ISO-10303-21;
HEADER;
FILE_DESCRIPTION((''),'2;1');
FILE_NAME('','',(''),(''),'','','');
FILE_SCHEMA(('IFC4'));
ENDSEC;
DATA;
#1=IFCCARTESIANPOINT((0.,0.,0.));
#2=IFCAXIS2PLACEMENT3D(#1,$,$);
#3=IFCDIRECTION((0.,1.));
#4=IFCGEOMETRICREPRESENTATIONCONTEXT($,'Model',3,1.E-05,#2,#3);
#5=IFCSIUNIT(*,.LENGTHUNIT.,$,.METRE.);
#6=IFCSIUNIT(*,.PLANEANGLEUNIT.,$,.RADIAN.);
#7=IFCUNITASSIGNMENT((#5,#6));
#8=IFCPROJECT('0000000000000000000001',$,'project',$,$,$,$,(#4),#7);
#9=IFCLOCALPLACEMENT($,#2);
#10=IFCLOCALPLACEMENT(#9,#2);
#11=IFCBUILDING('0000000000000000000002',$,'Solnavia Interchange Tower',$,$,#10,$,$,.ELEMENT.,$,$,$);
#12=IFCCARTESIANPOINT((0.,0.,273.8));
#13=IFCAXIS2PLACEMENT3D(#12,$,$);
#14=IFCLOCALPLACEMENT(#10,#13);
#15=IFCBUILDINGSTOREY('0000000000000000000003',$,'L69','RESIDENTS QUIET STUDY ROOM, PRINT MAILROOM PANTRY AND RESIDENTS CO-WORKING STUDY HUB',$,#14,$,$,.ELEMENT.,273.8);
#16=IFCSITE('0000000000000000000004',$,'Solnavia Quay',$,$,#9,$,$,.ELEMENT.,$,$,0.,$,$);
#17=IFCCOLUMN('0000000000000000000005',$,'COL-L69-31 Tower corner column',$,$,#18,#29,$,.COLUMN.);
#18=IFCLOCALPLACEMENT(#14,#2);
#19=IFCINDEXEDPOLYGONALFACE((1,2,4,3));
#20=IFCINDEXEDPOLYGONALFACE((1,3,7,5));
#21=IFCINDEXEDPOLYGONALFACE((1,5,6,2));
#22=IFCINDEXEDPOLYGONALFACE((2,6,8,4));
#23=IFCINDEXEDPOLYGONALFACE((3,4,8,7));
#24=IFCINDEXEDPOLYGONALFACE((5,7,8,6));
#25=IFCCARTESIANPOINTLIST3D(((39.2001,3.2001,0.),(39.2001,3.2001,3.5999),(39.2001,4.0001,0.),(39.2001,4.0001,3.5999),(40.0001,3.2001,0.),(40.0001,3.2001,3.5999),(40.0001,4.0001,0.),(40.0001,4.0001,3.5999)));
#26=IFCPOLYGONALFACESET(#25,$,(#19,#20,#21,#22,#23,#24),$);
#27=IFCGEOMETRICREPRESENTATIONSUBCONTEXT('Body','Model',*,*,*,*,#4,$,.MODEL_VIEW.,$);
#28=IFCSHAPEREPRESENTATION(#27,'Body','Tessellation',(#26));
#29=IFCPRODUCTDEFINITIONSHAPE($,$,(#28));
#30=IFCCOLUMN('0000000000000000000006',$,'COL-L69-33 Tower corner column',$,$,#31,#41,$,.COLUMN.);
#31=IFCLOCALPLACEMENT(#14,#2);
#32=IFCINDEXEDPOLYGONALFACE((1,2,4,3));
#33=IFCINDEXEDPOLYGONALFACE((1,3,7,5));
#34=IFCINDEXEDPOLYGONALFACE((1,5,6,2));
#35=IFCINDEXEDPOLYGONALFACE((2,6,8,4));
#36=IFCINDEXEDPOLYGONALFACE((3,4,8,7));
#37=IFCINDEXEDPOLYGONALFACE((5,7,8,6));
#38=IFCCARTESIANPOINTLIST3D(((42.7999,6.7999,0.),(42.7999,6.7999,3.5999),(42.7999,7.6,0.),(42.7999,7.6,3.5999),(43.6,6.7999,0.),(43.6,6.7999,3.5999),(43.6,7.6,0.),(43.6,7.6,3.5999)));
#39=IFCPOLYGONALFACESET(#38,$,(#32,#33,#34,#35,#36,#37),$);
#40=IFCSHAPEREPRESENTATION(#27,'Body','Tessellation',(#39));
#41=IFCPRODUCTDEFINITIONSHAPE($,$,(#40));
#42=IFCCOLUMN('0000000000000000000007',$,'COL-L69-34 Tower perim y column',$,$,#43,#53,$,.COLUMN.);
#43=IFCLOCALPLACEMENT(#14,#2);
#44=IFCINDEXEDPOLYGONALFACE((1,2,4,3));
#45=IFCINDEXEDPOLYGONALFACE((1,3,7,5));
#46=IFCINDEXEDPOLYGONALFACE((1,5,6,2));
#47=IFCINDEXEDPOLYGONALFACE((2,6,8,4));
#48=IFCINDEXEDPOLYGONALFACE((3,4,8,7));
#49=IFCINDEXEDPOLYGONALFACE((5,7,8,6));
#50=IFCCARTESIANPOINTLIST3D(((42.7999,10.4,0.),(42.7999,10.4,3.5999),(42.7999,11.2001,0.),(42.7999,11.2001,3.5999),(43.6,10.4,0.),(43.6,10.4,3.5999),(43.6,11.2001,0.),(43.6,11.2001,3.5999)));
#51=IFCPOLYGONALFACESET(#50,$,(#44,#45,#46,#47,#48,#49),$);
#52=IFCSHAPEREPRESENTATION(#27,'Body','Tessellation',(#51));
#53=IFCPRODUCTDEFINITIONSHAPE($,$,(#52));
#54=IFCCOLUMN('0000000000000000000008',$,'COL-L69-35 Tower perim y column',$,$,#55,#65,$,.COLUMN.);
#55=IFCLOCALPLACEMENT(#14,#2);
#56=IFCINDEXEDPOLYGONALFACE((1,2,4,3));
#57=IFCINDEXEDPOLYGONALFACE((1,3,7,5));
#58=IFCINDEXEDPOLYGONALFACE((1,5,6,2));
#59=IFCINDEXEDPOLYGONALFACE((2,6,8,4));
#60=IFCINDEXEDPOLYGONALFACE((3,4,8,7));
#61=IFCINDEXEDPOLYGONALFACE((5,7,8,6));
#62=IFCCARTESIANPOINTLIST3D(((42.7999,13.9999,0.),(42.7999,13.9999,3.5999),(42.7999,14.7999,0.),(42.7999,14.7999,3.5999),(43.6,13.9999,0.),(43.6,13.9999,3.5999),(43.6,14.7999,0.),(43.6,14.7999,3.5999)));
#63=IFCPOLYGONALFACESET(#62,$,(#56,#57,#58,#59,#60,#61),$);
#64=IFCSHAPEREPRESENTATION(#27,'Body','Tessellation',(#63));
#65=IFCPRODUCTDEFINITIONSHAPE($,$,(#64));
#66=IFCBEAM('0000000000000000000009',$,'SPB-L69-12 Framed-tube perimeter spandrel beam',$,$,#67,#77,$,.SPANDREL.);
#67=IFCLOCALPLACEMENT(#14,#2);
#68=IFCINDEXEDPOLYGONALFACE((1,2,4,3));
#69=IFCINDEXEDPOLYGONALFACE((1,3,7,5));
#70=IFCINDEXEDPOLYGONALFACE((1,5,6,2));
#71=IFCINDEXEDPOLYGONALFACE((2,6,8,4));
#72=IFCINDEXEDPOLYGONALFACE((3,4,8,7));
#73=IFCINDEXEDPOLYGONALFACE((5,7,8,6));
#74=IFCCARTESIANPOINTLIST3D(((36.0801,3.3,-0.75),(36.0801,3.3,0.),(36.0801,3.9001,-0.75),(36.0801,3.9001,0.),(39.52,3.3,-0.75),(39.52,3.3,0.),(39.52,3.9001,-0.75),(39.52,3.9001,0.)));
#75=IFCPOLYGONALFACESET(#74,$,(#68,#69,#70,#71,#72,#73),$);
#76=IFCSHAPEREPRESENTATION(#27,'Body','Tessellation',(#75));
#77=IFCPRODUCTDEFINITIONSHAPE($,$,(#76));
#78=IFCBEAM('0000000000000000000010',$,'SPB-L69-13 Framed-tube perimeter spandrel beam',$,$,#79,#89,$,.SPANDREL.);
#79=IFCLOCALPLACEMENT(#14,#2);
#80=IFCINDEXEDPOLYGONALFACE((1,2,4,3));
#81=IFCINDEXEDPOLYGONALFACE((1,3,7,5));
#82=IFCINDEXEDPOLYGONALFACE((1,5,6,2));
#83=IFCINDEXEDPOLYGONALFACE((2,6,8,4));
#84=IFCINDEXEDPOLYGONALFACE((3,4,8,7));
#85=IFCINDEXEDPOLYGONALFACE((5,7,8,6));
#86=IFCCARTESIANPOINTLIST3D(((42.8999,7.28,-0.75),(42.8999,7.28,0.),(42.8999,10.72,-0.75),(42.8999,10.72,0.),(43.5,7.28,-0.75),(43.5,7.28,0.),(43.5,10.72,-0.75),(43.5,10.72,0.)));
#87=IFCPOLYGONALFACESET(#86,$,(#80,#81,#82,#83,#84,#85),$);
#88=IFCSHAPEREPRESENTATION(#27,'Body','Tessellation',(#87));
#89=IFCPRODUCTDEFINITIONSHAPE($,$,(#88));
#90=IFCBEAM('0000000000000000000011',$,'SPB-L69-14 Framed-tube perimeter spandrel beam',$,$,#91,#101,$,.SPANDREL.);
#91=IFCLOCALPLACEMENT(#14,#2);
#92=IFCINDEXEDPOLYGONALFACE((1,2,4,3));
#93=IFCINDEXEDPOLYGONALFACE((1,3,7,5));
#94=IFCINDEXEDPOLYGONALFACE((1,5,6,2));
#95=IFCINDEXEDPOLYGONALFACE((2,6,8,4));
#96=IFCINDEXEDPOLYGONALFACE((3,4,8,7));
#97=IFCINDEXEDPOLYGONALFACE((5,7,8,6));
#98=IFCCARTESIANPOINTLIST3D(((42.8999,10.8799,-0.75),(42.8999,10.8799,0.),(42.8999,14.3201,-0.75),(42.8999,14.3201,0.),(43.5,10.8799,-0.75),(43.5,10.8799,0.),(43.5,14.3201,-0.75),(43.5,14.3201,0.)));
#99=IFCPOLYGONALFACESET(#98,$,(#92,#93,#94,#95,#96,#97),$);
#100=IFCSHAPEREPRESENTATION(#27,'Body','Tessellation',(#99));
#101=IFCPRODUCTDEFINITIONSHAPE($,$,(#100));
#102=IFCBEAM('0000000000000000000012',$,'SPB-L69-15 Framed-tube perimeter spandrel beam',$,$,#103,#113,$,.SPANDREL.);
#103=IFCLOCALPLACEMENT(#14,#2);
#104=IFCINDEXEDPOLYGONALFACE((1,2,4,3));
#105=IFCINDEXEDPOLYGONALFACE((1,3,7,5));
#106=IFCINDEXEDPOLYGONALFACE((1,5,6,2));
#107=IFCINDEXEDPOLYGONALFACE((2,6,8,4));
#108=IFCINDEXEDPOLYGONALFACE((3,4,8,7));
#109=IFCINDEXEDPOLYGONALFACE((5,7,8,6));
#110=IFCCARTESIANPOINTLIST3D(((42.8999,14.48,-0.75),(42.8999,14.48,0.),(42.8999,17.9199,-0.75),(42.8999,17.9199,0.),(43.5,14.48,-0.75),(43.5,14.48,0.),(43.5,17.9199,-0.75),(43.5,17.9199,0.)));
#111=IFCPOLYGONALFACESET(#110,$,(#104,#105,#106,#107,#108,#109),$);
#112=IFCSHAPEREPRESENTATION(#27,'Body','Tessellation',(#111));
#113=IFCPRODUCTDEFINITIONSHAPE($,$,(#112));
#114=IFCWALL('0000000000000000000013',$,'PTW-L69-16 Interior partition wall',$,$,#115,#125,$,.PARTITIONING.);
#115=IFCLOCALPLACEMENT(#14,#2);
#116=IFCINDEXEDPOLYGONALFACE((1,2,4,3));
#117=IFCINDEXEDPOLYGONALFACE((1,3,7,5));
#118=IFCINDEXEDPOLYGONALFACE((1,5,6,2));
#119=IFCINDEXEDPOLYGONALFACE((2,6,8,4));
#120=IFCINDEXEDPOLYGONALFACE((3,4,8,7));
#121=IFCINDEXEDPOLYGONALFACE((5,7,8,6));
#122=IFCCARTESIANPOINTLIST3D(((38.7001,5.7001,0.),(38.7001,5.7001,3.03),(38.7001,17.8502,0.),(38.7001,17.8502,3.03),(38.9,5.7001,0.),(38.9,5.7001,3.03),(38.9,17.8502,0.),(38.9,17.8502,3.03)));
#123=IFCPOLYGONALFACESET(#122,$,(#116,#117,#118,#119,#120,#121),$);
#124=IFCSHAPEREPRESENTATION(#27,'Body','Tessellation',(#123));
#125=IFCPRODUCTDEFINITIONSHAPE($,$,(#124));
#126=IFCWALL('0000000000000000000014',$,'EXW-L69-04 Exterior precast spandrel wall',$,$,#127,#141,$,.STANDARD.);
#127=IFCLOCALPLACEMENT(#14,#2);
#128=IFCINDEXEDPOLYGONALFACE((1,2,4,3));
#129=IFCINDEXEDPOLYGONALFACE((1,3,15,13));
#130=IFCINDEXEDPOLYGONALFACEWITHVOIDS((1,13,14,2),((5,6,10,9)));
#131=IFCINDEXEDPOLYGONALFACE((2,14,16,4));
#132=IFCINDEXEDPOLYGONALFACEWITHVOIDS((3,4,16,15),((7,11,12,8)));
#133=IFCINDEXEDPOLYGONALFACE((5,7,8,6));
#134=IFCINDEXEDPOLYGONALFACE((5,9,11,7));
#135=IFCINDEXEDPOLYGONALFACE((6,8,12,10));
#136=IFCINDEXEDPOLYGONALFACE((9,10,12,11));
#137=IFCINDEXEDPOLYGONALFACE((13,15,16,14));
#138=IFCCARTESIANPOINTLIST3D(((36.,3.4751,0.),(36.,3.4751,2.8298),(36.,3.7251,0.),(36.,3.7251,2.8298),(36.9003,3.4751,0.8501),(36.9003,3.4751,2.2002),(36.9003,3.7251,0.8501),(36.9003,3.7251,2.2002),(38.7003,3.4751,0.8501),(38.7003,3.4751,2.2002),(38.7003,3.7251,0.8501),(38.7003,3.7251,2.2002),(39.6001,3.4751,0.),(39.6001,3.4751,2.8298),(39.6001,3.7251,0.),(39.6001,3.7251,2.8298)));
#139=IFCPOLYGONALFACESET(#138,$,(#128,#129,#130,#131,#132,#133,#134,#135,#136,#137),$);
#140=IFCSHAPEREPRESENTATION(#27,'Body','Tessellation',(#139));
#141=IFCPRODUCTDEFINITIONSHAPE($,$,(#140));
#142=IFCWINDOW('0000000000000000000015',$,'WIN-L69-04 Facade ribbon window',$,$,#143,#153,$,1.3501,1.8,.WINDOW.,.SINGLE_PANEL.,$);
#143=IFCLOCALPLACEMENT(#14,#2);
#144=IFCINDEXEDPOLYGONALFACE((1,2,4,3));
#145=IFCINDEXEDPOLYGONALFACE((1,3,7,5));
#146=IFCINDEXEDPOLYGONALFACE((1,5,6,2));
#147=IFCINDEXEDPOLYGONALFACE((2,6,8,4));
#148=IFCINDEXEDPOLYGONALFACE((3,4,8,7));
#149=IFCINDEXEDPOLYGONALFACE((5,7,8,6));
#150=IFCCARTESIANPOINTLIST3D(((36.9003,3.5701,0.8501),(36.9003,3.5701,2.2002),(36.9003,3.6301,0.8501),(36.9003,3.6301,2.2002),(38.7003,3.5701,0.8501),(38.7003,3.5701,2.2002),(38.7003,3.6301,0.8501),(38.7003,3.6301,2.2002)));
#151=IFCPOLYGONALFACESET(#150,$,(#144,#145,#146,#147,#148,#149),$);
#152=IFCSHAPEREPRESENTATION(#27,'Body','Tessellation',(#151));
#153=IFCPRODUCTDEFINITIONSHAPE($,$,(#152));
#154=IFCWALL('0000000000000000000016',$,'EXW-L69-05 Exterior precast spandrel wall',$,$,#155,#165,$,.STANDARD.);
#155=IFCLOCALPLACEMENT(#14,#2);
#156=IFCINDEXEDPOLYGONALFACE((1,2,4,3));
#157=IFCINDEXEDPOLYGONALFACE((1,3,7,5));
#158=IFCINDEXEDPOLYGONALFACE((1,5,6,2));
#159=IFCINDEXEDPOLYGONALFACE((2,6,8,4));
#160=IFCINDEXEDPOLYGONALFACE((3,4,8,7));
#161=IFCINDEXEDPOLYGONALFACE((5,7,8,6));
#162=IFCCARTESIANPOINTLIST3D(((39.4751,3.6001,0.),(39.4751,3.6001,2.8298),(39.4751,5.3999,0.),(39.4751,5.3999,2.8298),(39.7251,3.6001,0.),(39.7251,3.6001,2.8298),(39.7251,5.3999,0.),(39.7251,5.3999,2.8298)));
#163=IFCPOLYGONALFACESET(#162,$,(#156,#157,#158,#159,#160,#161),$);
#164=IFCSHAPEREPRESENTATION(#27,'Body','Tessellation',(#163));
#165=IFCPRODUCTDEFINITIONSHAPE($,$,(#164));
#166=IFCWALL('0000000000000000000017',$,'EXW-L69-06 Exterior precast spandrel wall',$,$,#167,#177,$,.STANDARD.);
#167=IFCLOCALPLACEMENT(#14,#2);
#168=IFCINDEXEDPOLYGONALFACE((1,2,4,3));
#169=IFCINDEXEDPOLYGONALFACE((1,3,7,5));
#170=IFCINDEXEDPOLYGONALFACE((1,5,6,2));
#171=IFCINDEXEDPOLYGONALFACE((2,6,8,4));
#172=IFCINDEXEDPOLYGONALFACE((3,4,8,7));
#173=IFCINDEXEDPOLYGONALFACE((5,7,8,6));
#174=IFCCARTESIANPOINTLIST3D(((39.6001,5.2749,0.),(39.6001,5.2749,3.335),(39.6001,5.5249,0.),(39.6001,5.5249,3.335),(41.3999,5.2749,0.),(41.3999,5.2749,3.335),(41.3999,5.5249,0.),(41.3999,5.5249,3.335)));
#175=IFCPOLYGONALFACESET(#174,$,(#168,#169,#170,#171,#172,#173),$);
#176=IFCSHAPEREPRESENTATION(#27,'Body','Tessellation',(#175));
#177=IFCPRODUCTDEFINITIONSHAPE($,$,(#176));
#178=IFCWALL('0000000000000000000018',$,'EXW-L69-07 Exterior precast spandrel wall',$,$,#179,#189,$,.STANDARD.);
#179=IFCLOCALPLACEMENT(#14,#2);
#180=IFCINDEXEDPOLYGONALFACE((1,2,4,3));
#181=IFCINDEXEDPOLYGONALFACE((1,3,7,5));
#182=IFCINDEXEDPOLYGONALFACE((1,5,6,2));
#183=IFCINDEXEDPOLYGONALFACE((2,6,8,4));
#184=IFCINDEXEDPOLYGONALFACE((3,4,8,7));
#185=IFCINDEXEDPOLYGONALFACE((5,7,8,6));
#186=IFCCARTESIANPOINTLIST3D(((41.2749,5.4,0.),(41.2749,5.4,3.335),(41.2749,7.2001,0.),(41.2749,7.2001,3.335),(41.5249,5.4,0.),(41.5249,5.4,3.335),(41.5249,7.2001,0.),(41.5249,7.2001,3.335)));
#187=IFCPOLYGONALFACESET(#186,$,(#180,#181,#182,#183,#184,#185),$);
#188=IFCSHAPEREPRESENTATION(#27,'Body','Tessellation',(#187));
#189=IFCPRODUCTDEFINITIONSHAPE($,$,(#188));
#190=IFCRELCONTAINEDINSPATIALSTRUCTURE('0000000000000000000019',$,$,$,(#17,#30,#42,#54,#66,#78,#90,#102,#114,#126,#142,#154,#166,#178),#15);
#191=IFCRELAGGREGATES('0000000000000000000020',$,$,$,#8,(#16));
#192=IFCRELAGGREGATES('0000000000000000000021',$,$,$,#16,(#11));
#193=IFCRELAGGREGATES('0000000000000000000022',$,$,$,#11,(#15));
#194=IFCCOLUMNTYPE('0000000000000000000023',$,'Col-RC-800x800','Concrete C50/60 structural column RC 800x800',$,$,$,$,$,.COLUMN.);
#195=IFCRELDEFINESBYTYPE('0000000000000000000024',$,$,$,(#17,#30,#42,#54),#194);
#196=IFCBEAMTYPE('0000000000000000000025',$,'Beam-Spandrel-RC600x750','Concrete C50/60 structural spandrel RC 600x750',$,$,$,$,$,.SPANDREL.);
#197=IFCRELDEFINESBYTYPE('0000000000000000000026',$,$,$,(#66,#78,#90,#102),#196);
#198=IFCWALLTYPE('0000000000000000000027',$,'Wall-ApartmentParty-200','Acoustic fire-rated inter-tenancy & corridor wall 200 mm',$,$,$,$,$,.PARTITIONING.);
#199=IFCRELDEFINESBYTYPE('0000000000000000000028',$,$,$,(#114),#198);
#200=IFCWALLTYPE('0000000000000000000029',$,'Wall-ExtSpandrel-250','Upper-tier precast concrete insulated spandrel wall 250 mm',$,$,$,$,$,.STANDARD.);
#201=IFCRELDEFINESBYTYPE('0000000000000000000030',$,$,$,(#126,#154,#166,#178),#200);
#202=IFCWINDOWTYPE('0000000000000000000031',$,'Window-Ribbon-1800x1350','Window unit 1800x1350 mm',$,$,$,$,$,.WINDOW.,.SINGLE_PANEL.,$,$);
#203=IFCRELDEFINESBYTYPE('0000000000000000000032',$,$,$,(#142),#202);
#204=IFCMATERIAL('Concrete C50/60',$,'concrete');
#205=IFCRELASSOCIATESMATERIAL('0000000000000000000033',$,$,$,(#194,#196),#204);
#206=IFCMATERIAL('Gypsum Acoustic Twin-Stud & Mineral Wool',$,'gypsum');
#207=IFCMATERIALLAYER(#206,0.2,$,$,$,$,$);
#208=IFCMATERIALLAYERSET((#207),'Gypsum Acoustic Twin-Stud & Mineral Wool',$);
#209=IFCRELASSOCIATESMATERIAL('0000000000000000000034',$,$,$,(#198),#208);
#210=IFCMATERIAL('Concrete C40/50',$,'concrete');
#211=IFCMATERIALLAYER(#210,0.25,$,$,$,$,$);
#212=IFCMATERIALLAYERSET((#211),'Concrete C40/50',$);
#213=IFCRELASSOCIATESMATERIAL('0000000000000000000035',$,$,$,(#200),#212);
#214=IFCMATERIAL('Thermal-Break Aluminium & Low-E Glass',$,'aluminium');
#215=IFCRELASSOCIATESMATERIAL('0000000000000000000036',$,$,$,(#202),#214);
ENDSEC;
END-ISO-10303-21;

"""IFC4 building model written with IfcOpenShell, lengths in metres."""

from ifc_helpers import new_model, si_unit, direction, frame, frame_2d, origin, origin_2d, place, context, subcontext, project, spatial, rectangle, extrude, material, layer, layer_set, material_profile, profile_set, type_object, element, fill, save


model = new_model("IFC4")

# Units and contexts
model_context = context("Model", 3, precision=1e-05, world=origin(), true_north=direction((0.0, 1.0)))
body_context = subcontext(model_context, "Body", "Model", "MODEL_VIEW")
ifc_project = project(units=[si_unit("LENGTHUNIT", "METRE"), si_unit("PLANEANGLEUNIT", "RADIAN")], contexts=[model_context])

# Site, building, storey
site_placement = place(None, origin())
site = spatial("IfcSite", under=ifc_project, at=site_placement, Name="Solnavia Quay", CompositionType="ELEMENT", RefElevation=0.0)
building_placement = place(site_placement, origin())
building = spatial("IfcBuilding", under=site, at=building_placement, Name="Solnavia Interchange Tower", CompositionType="ELEMENT")
storey_placement = place(building_placement, frame((0.0, 0.0, 273.8)))
storey = spatial("IfcBuildingStorey", under=building, at=storey_placement, Name="L69", Description="RESIDENTS QUIET STUDY ROOM, PRINT MAILROOM PANTRY AND RESIDENTS CO-WORKING STUDY HUB", CompositionType="ELEMENT", Elevation=273.8)

# Columns
ifc_material_1 = material(Name="Concrete C50/60", Category="concrete")
ifc_material_profile_1 = material_profile(ifc_material_1, rectangle(XDim=0.8, YDim=0.8, at=origin_2d()), Name="RC 800x800")
ifc_profile_set_1 = profile_set([ifc_material_profile_1], Name="Concrete C50/60")
column_type = type_object("IfcColumnType", Name="Col-RC-800x800", Description="Concrete C50/60 structural column RC 800x800", PredefinedType="COLUMN", material=ifc_profile_set_1)
for number, where, z_axis, x_axis, name in (
    (1, (39.6001, 3.6001, 0.0), (0.0, 0.0, 1.0), (1.0, 0.0, 0.0), "COL-L69-31 Tower corner column"),
    (2, (43.2, 7.2, 0.0), (0.0, 0.0, 1.0), (1.0, 0.0, 0.0), "COL-L69-33 Tower corner column"),
    (3, (43.2, 10.8, 0.0), (0.0, 0.0, 1.0), (0.0, 1.0, 0.0), "COL-L69-34 Tower perim y column"),
    (4, (43.2, 14.3999, 0.0), (0.0, 0.0, 1.0), (0.0, 1.0, 0.0), "COL-L69-35 Tower perim y column"),
):
    element("IfcColumn", number, at=place(storey_placement, frame(where, z_axis=z_axis, x_axis=x_axis)), inside=storey, type_object=column_type, Name=name, PredefinedType="COLUMN", context=body_context, shape_type="SweptSolid", body=[
        extrude(rectangle(XDim=0.8, YDim=0.8, at=origin_2d()), origin(), (0.0, 0.0, 1.0), 3.5999),
    ])

# Beams
ifc_material_profile_2 = material_profile(ifc_material_1, rectangle(XDim=0.6001, YDim=0.75, at=origin_2d()), Name="RC 600x750")
ifc_profile_set_2 = profile_set([ifc_material_profile_2], Name="Concrete C50/60")
beam_type = type_object("IfcBeamType", Name="Beam-Spandrel-RC600x750", Description="Concrete C50/60 structural spandrel RC 600x750", PredefinedType="SPANDREL", material=ifc_profile_set_2)
for number, where, z_axis, x_axis, name in (
    (5, (36.0801, 3.6001, -0.375), (1.0, 0.0, 0.0), (0.0, 1.0, 0.0), "SPB-L69-12 Framed-tube perimeter spandrel beam"),
    (6, (43.2, 7.28, -0.375), (0.0, 1.0, 0.0), (-1.0, 0.0, 0.0), "SPB-L69-13 Framed-tube perimeter spandrel beam"),
):
    element("IfcBeam", number, at=place(storey_placement, frame(where, z_axis=z_axis, x_axis=x_axis)), inside=storey, type_object=beam_type, Name=name, PredefinedType="SPANDREL", context=body_context, shape_type="SweptSolid", body=[
        extrude(rectangle(XDim=0.6001, YDim=0.75, at=origin_2d()), origin(), (0.0, 0.0, 1.0), 3.4399),
    ])
beam_1_placement = place(storey_placement, frame((43.2, 10.8799, -0.375), z_axis=(0.0, 1.0, 0.0), x_axis=(-1.0, 0.0, 0.0)))
element("IfcBeam", 7, at=beam_1_placement, inside=storey, type_object=beam_type, Name="SPB-L69-14 Framed-tube perimeter spandrel beam", PredefinedType="SPANDREL", context=body_context, shape_type="SweptSolid", body=[
    extrude(rectangle(XDim=0.6001, YDim=0.75, at=origin_2d()), origin(), (0.0, 0.0, 1.0), 3.4402),
])
beam_2_placement = place(storey_placement, frame((43.2, 14.48, -0.375), z_axis=(0.0, 1.0, 0.0), x_axis=(-1.0, 0.0, 0.0)))
element("IfcBeam", 8, at=beam_2_placement, inside=storey, type_object=beam_type, Name="SPB-L69-15 Framed-tube perimeter spandrel beam", PredefinedType="SPANDREL", context=body_context, shape_type="SweptSolid", body=[
    extrude(rectangle(XDim=0.6001, YDim=0.75, at=origin_2d()), origin(), (0.0, 0.0, 1.0), 3.4399),
])

# Wall
ifc_material_2 = material(Name="Gypsum Acoustic Twin-Stud & Mineral Wool", Category="gypsum")
ifc_layer_1 = layer(ifc_material_2, 0.2)
ifc_layer_set_1 = layer_set([ifc_layer_1], Name="Gypsum Acoustic Twin-Stud & Mineral Wool")
wall_type_1 = type_object("IfcWallType", Name="Wall-ApartmentParty-200", Description="Acoustic fire-rated inter-tenancy & corridor wall 200 mm", PredefinedType="PARTITIONING", material=ifc_layer_set_1)
wall_1_placement = place(storey_placement, frame((38.8, 5.7, 0.0), z_axis=(0.0, 0.0, 1.0), x_axis=(0.0, 1.0, 0.0)))
element("IfcWall", 9, at=wall_1_placement, inside=storey, type_object=wall_type_1, Name="PTW-L69-16 Interior partition wall", PredefinedType="PARTITIONING", context=body_context, shape_type="SweptSolid", body=[
    extrude(rectangle(XDim=12.1501, YDim=0.2, at=frame_2d((6.0752, 0.0))), origin(), (0.0, 0.0, 1.0), 3.03),
])

# Wall, opening, window
ifc_material_3 = material(Name="Concrete C40/50", Category="concrete")
ifc_layer_2 = layer(ifc_material_3, 0.25)
ifc_layer_set_2 = layer_set([ifc_layer_2], Name="Concrete C40/50")
wall_type_2 = type_object("IfcWallType", Name="Wall-ExtSpandrel-250", Description="Upper-tier precast concrete insulated spandrel wall 250 mm", PredefinedType="STANDARD", material=ifc_layer_set_2)
wall_2_placement = place(storey_placement, frame((39.6001, 3.6001, 0.0), z_axis=(0.0, 0.0, 1.0), x_axis=(-1.0, 0.0, 0.0)))
wall_2 = element("IfcWall", 10, at=wall_2_placement, inside=storey, type_object=wall_type_2, Name="EXW-L69-04 Exterior precast spandrel wall", PredefinedType="STANDARD", context=body_context, shape_type="SweptSolid", body=[
    extrude(rectangle(XDim=3.6001, YDim=0.25, at=frame_2d((1.8, 0.0))), origin(), (0.0, 0.0, 1.0), 2.8298),
])
opening_1_placement = place(wall_2_placement, frame((0.8999, 0.0, 0.8501)))
opening_1 = element("IfcOpeningElement", 11, at=opening_1_placement, cuts=wall_2, PredefinedType="OPENING", context=body_context, shape_type="SweptSolid", body=[
    extrude(rectangle(XDim=1.8, YDim=1.3501, at=frame_2d((0.8999, 0.675))), frame((0.0, 0.135, 0.0), z_axis=(0.0, -1.0, 0.0), x_axis=(1.0, 0.0, 0.0)), (0.0, 0.0, 1.0), 0.27),
])
ifc_material_4 = material(Name="Thermal-Break Aluminium & Low-E Glass", Category="aluminium")
window_type = type_object("IfcWindowType", Name="Window-Ribbon-1800x1350", Description="Window unit 1800x1350 mm", PartitioningType="SINGLE_PANEL", PredefinedType="WINDOW", material=ifc_material_4)
window_1_placement = place(opening_1_placement, origin())
window_1 = element("IfcWindow", 12, at=window_1_placement, inside=storey, type_object=window_type, Name="WIN-L69-04 Facade ribbon window", OverallHeight=1.3501, OverallWidth=1.8, PartitioningType="SINGLE_PANEL", PredefinedType="WINDOW", context=body_context, shape_type="SweptSolid", body=[
    extrude(rectangle(XDim=1.8, YDim=1.3501, at=frame_2d((0.8999, 0.675))), frame((0.0, 0.03, 0.0), z_axis=(0.0, -1.0, 0.0), x_axis=(1.0, 0.0, 0.0)), (0.0, 0.0, 1.0), 0.0601),
])
fill(opening_1, window_1)

# Walls
wall_3_placement = place(storey_placement, frame((39.6001, 5.3999, 0.0), z_axis=(0.0, 0.0, 1.0), x_axis=(0.0, -1.0, 0.0)))
element("IfcWall", 13, at=wall_3_placement, inside=storey, type_object=wall_type_2, Name="EXW-L69-05 Exterior precast spandrel wall", PredefinedType="STANDARD", context=body_context, shape_type="SweptSolid", body=[
    extrude(rectangle(XDim=1.7998, YDim=0.25, at=frame_2d((0.8999, 0.0))), origin(), (0.0, 0.0, 1.0), 2.8298),
])
wall_4_placement = place(storey_placement, frame((41.3999, 5.3999, 0.0), z_axis=(0.0, 0.0, 1.0), x_axis=(-1.0, 0.0, 0.0)))
element("IfcWall", 14, at=wall_4_placement, inside=storey, type_object=wall_type_2, Name="EXW-L69-06 Exterior precast spandrel wall", PredefinedType="STANDARD", context=body_context, shape_type="SweptSolid", body=[
    extrude(rectangle(XDim=1.7998, YDim=0.25, at=frame_2d((0.8999, 0.0))), origin(), (0.0, 0.0, 1.0), 3.335),
])
wall_5_placement = place(storey_placement, frame((41.3999, 7.2, 0.0), z_axis=(0.0, 0.0, 1.0), x_axis=(0.0, -1.0, 0.0)))
element("IfcWall", 15, at=wall_5_placement, inside=storey, type_object=wall_type_2, Name="EXW-L69-07 Exterior precast spandrel wall", PredefinedType="STANDARD", context=body_context, shape_type="SweptSolid", body=[
    extrude(rectangle(XDim=1.8, YDim=0.25, at=frame_2d((0.8999, 0.0))), origin(), (0.0, 0.0, 1.0), 3.335),
])

save(model, "model.ifc")
